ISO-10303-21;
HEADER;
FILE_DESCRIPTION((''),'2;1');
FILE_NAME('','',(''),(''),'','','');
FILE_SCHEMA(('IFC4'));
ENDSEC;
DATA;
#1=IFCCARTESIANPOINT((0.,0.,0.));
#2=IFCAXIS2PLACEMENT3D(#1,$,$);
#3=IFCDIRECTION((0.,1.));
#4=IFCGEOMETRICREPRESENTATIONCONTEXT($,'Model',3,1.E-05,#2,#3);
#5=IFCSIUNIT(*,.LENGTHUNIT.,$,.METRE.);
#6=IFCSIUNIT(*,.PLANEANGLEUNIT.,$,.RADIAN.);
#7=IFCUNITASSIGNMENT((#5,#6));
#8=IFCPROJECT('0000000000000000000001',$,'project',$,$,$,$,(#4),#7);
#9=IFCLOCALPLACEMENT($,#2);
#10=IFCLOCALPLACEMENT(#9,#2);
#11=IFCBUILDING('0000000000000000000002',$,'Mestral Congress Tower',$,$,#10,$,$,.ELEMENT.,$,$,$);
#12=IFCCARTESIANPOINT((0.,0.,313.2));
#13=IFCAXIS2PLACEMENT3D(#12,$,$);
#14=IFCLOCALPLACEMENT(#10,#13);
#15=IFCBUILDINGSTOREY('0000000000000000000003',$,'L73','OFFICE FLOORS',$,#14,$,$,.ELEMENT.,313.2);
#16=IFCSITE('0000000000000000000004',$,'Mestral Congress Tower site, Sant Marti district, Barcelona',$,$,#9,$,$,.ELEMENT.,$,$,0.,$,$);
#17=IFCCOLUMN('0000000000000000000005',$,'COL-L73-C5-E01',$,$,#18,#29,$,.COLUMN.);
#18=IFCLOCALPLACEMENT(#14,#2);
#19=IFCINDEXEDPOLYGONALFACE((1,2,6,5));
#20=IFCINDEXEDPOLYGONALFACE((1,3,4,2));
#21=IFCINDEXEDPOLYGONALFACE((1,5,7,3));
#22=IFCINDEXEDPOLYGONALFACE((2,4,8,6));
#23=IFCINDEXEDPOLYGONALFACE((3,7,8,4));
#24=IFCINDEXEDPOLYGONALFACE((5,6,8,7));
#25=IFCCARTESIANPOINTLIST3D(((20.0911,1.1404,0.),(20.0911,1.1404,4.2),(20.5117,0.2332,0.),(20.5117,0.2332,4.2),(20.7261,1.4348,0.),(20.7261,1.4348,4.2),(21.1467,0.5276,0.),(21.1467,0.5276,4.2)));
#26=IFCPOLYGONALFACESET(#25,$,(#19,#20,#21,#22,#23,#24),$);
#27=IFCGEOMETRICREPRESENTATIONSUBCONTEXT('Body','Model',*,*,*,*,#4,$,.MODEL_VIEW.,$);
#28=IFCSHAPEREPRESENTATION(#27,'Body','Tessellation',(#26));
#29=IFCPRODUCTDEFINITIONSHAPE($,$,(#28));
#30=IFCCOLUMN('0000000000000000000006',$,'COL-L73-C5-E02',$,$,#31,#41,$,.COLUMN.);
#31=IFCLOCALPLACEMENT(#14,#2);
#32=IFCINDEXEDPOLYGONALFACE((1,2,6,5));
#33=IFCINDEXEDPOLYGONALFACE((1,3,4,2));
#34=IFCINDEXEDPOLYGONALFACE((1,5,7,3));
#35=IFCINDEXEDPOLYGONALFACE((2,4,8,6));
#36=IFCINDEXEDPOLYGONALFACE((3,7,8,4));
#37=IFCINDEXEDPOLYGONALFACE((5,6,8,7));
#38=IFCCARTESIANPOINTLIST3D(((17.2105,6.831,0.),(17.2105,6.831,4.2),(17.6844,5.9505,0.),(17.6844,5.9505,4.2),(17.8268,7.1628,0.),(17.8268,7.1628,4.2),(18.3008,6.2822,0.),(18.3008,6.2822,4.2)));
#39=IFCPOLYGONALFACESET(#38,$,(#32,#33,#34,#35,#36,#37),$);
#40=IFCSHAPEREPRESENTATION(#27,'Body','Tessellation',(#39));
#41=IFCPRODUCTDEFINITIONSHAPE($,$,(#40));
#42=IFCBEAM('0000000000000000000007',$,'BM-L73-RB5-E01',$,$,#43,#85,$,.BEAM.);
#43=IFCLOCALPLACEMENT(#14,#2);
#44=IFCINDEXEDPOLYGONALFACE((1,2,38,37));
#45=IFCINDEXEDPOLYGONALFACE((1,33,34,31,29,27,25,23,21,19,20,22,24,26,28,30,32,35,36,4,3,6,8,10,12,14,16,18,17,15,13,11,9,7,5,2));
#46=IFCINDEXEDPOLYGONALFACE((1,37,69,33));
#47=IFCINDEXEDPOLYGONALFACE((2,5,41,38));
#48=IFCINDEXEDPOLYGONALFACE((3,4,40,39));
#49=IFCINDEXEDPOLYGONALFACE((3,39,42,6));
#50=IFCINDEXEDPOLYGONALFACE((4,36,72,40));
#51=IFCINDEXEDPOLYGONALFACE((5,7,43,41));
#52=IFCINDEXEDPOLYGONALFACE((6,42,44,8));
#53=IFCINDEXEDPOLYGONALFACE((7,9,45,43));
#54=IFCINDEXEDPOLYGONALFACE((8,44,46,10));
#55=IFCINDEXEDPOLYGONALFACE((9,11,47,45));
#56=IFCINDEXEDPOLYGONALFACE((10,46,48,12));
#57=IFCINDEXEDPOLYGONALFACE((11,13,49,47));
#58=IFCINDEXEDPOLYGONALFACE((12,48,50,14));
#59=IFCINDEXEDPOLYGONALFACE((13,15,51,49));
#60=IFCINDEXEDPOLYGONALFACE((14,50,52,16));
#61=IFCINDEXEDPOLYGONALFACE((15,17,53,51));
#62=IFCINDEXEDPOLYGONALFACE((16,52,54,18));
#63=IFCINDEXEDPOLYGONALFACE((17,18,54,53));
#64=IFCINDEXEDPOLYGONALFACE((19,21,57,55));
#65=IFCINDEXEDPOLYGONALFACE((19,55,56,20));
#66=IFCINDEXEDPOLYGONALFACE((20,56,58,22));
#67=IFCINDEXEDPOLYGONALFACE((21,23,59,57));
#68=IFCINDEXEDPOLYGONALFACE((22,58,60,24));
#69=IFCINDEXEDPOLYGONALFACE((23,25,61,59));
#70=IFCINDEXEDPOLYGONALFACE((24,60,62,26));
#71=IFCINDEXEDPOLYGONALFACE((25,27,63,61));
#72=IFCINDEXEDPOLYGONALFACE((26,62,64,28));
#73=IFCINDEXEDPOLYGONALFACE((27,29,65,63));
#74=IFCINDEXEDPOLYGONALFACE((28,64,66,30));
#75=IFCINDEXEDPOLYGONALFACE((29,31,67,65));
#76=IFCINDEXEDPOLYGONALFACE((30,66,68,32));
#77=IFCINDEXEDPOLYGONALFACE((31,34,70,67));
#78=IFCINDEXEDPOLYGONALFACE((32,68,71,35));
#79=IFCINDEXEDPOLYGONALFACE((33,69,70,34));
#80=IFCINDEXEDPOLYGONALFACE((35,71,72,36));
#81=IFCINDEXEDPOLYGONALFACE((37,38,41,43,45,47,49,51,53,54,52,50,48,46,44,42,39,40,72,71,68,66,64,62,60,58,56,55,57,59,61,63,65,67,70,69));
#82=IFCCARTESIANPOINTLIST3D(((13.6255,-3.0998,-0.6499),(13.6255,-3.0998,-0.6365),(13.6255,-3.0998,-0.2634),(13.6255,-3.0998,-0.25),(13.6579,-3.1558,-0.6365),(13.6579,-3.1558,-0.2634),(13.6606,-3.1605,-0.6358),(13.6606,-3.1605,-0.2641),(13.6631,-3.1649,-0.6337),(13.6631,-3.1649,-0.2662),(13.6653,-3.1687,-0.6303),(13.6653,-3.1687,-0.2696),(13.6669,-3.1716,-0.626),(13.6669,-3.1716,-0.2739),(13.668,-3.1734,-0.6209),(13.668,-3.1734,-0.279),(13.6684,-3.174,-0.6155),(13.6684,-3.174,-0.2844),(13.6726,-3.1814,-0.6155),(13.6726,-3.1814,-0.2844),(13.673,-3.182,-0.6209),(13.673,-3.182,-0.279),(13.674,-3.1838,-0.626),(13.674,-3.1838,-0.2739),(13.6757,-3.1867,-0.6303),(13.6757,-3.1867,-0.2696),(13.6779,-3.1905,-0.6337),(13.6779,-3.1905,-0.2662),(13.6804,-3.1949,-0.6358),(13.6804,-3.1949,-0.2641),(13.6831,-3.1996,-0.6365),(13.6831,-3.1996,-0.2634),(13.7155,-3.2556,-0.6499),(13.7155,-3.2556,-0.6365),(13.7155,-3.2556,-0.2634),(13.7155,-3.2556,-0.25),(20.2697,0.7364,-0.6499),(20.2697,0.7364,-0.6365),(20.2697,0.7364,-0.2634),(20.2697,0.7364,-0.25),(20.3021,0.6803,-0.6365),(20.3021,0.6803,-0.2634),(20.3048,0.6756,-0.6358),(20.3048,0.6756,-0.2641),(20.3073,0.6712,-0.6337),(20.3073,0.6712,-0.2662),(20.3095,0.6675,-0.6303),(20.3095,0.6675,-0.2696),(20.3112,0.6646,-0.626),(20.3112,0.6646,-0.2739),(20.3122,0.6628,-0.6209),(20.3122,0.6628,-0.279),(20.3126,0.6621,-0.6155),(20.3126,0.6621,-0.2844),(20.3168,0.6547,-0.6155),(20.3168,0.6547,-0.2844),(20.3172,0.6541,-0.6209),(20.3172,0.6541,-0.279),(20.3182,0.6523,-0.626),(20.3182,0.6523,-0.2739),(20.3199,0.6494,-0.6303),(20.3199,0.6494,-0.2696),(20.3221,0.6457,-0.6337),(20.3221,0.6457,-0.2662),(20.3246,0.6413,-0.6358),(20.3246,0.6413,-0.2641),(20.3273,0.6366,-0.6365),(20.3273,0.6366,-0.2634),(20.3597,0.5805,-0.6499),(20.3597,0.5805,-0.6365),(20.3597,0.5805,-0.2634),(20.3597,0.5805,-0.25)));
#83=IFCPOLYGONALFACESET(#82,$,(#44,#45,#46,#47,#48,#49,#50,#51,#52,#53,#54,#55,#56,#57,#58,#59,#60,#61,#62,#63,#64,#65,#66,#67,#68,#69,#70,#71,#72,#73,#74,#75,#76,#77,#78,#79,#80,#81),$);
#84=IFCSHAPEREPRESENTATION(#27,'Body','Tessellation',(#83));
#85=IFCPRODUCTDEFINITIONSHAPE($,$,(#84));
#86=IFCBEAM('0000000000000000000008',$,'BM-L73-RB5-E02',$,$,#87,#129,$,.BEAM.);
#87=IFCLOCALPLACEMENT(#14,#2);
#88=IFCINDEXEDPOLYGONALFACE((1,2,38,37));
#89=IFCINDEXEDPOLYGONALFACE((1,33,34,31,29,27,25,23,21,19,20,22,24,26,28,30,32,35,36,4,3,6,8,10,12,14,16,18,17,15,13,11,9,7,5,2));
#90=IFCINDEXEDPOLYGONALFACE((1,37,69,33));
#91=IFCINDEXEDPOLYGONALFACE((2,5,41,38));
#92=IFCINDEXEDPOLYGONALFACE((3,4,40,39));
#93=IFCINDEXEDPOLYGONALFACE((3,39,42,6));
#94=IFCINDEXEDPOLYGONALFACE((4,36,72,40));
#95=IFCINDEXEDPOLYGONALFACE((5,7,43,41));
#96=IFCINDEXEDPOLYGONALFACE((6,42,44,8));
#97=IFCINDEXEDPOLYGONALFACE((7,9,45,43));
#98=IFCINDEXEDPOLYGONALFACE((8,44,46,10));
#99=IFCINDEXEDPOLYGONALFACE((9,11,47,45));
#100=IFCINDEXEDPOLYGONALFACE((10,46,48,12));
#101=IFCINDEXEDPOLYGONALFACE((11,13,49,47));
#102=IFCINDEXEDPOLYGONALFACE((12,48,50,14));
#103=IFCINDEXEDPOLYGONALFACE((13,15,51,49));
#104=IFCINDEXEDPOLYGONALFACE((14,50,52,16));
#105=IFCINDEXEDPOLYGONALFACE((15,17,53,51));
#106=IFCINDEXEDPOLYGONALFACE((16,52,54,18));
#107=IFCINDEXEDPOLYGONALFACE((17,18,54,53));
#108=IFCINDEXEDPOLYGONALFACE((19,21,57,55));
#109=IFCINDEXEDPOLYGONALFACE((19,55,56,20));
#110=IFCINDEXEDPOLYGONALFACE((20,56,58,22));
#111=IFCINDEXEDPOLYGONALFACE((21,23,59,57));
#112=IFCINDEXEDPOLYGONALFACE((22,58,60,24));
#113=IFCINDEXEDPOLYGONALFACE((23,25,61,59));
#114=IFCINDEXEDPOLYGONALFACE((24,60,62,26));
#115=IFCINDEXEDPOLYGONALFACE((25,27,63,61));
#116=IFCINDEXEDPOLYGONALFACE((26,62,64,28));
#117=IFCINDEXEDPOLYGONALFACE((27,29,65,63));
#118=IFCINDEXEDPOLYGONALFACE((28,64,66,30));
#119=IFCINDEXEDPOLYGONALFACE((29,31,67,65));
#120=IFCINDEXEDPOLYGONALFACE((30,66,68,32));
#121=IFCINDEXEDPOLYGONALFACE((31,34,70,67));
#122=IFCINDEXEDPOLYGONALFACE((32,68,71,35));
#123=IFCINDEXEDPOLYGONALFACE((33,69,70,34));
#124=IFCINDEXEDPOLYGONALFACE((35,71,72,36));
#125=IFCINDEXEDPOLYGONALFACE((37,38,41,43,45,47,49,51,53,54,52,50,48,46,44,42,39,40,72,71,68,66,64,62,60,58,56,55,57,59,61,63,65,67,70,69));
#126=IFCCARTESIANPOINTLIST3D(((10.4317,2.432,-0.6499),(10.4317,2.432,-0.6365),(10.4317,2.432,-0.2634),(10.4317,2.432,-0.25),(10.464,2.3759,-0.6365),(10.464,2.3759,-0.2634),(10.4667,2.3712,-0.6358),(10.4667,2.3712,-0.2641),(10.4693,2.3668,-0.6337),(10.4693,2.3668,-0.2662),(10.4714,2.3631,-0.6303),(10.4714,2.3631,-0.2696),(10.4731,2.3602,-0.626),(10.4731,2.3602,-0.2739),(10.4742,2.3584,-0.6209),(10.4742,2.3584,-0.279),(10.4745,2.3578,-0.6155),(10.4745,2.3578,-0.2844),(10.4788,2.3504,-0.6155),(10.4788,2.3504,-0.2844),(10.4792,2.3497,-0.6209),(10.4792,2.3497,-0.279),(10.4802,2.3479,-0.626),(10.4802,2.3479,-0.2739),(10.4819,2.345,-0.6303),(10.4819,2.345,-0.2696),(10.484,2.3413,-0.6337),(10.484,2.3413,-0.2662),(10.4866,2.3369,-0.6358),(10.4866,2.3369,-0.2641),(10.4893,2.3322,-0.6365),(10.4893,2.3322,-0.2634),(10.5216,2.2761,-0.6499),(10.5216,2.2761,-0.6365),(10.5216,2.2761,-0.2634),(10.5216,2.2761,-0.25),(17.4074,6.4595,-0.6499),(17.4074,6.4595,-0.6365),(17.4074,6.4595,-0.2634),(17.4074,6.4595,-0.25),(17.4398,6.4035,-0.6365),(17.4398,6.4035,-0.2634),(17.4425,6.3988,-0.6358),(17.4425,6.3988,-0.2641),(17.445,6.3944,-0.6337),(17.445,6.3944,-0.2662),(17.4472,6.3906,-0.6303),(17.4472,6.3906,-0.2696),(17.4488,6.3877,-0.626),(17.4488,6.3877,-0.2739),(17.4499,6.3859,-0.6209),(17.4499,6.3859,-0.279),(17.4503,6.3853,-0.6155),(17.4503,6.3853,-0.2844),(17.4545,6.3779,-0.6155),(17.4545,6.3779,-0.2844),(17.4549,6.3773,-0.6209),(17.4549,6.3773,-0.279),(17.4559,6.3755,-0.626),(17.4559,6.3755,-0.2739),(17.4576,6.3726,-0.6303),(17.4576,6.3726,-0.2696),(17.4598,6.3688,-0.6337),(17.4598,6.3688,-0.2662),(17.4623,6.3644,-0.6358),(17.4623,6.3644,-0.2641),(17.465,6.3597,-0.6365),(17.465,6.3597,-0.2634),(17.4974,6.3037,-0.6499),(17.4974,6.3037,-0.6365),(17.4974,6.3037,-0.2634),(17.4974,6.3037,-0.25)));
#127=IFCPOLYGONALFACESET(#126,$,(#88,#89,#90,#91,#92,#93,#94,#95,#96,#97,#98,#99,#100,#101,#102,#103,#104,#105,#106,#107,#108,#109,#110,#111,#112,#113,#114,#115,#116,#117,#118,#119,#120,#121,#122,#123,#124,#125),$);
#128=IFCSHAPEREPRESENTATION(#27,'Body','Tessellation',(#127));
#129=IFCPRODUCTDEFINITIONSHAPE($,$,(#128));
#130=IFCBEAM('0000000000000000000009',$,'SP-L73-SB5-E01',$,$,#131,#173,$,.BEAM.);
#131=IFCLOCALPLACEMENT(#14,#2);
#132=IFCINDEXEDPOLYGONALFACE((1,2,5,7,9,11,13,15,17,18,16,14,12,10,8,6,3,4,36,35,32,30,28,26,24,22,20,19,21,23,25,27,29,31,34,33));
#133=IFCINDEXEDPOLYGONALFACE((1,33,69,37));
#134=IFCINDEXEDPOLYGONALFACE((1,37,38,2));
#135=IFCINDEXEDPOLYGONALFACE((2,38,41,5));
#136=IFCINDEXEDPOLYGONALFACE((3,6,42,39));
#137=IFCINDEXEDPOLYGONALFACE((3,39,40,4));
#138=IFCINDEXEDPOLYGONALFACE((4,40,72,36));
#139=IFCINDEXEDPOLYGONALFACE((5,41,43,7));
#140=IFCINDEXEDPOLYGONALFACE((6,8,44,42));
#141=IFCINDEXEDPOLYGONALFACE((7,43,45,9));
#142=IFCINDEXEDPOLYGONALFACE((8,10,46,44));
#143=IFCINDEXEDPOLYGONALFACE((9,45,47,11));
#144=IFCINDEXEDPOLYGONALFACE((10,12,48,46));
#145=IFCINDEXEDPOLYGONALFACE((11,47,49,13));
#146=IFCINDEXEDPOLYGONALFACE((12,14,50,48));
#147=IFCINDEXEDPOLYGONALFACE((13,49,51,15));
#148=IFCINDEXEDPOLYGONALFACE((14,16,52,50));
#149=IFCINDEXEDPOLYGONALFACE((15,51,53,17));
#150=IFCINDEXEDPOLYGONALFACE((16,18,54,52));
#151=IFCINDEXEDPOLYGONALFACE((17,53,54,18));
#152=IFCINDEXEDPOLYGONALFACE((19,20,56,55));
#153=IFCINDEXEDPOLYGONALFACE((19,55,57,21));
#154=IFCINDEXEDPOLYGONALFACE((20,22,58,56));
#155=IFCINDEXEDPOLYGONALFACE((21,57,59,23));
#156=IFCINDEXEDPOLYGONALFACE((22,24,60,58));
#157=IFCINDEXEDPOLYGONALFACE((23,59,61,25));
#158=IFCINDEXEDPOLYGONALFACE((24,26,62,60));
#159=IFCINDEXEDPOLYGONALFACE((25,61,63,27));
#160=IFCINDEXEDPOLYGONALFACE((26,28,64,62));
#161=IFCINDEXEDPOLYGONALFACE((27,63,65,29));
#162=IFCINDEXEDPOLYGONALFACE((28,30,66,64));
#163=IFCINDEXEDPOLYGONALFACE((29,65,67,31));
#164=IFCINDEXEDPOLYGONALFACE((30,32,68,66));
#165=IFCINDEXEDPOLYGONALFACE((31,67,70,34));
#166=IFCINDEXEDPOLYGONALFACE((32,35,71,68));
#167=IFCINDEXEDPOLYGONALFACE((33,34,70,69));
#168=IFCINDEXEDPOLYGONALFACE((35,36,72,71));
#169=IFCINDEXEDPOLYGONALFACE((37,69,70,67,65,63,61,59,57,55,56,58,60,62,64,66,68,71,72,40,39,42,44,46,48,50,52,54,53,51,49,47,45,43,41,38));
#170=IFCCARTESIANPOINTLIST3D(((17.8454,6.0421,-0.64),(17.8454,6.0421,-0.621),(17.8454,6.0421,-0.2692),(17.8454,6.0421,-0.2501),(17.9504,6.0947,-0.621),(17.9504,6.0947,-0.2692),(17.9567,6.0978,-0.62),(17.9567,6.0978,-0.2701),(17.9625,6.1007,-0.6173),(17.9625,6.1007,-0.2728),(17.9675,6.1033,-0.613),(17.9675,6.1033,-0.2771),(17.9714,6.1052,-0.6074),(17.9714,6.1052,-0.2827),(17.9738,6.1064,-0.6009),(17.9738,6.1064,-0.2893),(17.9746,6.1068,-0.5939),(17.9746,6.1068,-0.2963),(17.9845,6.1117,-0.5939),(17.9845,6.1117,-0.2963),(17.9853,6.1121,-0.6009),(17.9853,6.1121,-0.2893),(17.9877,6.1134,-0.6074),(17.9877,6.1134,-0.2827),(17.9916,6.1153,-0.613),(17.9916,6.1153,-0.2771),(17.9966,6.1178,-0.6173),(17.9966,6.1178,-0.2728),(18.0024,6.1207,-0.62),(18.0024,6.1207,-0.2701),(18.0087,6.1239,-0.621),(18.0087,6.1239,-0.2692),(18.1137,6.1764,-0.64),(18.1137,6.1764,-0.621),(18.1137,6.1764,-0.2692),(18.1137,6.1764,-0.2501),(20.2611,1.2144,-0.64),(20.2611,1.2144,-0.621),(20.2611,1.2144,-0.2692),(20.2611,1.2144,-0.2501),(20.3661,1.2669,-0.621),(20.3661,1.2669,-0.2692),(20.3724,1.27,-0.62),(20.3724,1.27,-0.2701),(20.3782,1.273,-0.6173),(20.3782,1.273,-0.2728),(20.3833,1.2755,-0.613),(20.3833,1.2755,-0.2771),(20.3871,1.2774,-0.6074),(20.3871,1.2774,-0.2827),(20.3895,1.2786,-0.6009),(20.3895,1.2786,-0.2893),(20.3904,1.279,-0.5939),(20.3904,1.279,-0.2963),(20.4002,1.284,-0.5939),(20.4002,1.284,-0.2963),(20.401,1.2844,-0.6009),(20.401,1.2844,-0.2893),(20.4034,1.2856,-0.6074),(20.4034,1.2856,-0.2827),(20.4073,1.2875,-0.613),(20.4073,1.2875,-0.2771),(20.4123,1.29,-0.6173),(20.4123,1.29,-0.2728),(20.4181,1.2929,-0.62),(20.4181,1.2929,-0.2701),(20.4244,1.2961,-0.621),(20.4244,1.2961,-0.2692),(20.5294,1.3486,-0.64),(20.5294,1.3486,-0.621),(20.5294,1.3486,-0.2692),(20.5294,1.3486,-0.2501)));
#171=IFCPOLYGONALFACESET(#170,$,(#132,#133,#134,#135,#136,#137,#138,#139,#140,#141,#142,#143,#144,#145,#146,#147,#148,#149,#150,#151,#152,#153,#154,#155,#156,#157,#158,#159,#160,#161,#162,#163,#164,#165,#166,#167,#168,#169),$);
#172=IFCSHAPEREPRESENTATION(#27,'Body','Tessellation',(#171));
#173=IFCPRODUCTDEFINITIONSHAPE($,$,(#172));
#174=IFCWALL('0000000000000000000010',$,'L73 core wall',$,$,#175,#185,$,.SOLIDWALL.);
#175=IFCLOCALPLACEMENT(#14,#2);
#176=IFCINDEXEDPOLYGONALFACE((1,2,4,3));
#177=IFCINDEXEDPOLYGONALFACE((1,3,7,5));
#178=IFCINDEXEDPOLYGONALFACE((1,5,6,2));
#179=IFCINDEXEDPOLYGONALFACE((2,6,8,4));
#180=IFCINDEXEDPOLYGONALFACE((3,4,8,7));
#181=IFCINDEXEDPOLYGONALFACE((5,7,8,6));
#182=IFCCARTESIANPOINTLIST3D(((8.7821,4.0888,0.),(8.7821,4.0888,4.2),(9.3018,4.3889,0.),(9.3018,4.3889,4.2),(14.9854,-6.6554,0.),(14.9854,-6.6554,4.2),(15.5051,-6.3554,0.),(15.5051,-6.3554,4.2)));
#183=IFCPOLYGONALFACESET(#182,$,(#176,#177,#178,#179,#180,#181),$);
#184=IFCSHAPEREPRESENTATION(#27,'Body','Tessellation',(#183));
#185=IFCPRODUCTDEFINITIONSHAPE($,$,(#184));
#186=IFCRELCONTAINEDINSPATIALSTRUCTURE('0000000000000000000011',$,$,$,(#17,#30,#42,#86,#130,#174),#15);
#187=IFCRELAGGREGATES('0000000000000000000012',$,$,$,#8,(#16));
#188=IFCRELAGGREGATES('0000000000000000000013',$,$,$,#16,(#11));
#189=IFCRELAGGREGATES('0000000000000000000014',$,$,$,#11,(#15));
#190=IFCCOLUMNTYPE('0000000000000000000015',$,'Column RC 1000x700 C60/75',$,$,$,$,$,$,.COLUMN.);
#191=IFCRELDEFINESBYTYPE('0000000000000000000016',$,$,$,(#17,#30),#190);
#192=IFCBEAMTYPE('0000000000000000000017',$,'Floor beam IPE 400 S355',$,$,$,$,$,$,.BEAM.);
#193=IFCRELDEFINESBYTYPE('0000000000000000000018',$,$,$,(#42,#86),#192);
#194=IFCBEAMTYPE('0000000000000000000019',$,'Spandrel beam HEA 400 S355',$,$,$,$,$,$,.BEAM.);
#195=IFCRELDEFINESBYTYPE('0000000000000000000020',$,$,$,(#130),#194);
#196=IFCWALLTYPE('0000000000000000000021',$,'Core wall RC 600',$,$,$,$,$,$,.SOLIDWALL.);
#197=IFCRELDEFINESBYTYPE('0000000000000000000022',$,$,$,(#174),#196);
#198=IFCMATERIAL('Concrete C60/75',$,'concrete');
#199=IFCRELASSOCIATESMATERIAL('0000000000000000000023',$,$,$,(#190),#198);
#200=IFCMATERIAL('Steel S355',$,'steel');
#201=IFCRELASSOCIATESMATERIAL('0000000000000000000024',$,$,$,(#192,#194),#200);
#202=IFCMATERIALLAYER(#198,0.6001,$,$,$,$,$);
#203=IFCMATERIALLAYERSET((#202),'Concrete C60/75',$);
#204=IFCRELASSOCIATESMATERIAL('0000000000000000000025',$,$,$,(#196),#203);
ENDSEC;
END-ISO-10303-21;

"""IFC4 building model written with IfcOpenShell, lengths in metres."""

from ifc_helpers import new_model, si_unit, direction, frame, frame_2d, origin, origin_2d, place, context, subcontext, project, spatial, rectangle, i_section, extrude, material, layer, layer_set, material_profile, profile_set, type_object, element, save


model = new_model("IFC4")

# Units and contexts
model_context = context("Model", 3, precision=1e-05, world=origin(), true_north=direction((0.0, 1.0)))
body_context = subcontext(model_context, "Body", "Model", "MODEL_VIEW")
ifc_project = project(units=[si_unit("LENGTHUNIT", "METRE"), si_unit("PLANEANGLEUNIT", "RADIAN")], contexts=[model_context])

# Site, building, storey
site_placement = place(None, origin())
site = spatial("IfcSite", under=ifc_project, at=site_placement, Name="Mestral Congress Tower site, Sant Marti district, Barcelona", CompositionType="ELEMENT", RefElevation=0.0)
building_placement = place(site_placement, origin())
building = spatial("IfcBuilding", under=site, at=building_placement, Name="Mestral Congress Tower", CompositionType="ELEMENT")
storey_placement = place(building_placement, frame((0.0, 0.0, 313.2)))
storey = spatial("IfcBuildingStorey", under=building, at=storey_placement, Name="L73", Description="OFFICE FLOORS", CompositionType="ELEMENT", Elevation=313.2)

# Columns
ifc_material_1 = material(Name="Concrete C60/75", Category="concrete")
ifc_material_profile_1 = material_profile(ifc_material_1, rectangle(XDim=1.0, YDim=0.7, at=origin_2d()), Name="RC 1000x700")
ifc_profile_set_1 = profile_set([ifc_material_profile_1], Name="Concrete C60/75")
column_type = type_object("IfcColumnType", Name="Column RC 1000x700 C60/75", PredefinedType="COLUMN", material=ifc_profile_set_1)
for number, where, z_axis, x_axis, name in (
    (1, (20.6189, 0.834, 0.0), (0.0, 0.0, 1.0), (-0.420596, 0.907248, 0.0), "COL-L73-C5-E01"),
    (2, (17.7556, 6.5566, 0.0), (0.0, 0.0, 1.0), (-0.473945, 0.880554, 0.0), "COL-L73-C5-E02"),
):
    element("IfcColumn", number, at=place(storey_placement, frame(where, z_axis=z_axis, x_axis=x_axis)), inside=storey, type_object=column_type, Name=name, PredefinedType="COLUMN", context=body_context, shape_type="SweptSolid", body=[
        extrude(rectangle(XDim=1.0, YDim=0.7, at=origin_2d()), origin(), (0.0, 0.0, 1.0), 4.2),
    ])

# Beams
ifc_material_2 = material(Name="Steel S355", Category="steel")
ifc_material_profile_2 = material_profile(ifc_material_2, i_section(OverallWidth=0.1799, OverallDepth=0.3999, WebThickness=0.0085, FlangeThickness=0.0134, FilletRadius=0.021, at=origin_2d()), Name="IPE 400")
ifc_profile_set_2 = profile_set([ifc_material_profile_2], Name="Steel S355")
beam_type_1 = type_object("IfcBeamType", Name="Floor beam IPE 400 S355", PredefinedType="BEAM", material=ifc_profile_set_2)
beam_1_placement = place(storey_placement, frame((20.3147, 0.6584, -0.45), z_axis=(-0.86602, -0.50001, 0.0), x_axis=(0.50001, -0.86602, 0.0)))
element("IfcBeam", 3, at=beam_1_placement, inside=storey, type_object=beam_type_1, Name="BM-L73-RB5-E01", PredefinedType="BEAM", context=body_context, shape_type="SweptSolid", body=[
    extrude(i_section(OverallWidth=0.1799, OverallDepth=0.3999, WebThickness=0.0085, FlangeThickness=0.0134, FilletRadius=0.021, at=origin_2d()), origin(), (0.0, 0.0, 1.0), 7.6721),
])
beam_2_placement = place(storey_placement, frame((17.4524, 6.3816, -0.45), z_axis=(-0.866021, -0.500008, 0.0), x_axis=(0.500008, -0.866021, 0.0)))
element("IfcBeam", 4, at=beam_2_placement, inside=storey, type_object=beam_type_1, Name="BM-L73-RB5-E02", PredefinedType="BEAM", context=body_context, shape_type="SweptSolid", body=[
    extrude(i_section(OverallWidth=0.1799, OverallDepth=0.3999, WebThickness=0.0085, FlangeThickness=0.0134, FilletRadius=0.021, at=origin_2d()), origin(), (0.0, 0.0, 1.0), 8.0549),
])
ifc_material_profile_3 = material_profile(ifc_material_2, i_section(OverallWidth=0.3, OverallDepth=0.3899, WebThickness=0.011, FlangeThickness=0.019, FilletRadius=0.0271, at=origin_2d()), Name="HEA 400")
ifc_profile_set_3 = profile_set([ifc_material_profile_3], Name="Steel S355")
beam_type_2 = type_object("IfcBeamType", Name="Spandrel beam HEA 400 S355", PredefinedType="BEAM", material=ifc_profile_set_3)
beam_3_placement = place(storey_placement, frame((20.3953, 1.2815, -0.4451), z_axis=(-0.447485, 0.894291, 0.0), x_axis=(-0.894291, -0.447485, 0.0)))
element("IfcBeam", 5, at=beam_3_placement, inside=storey, type_object=beam_type_2, Name="SP-L73-SB5-E01", PredefinedType="BEAM", context=body_context, shape_type="SweptSolid", body=[
    extrude(i_section(OverallWidth=0.3, OverallDepth=0.3899, WebThickness=0.011, FlangeThickness=0.019, FilletRadius=0.0271, at=origin_2d()), origin(), (0.0, 0.0, 1.0), 5.3984),
])

# Wall
ifc_layer_1 = layer(ifc_material_1, 0.6001)
ifc_layer_set_1 = layer_set([ifc_layer_1], Name="Concrete C60/75")
wall_type_1 = type_object("IfcWallType", Name="Core wall RC 600", PredefinedType="SOLIDWALL", material=ifc_layer_set_1)
wall_1_placement = place(storey_placement, frame((9.042, 4.2388, 0.0), z_axis=(0.0, 0.0, 1.0), x_axis=(0.500006, -0.866022, 0.0)))
element("IfcWall", 6, at=wall_1_placement, inside=storey, type_object=wall_type_1, Name="L73 core wall", PredefinedType="SOLIDWALL", context=body_context, shape_type="SweptSolid", body=[
    extrude(rectangle(XDim=12.4065, YDim=0.6001, at=frame_2d((6.2031, 0.0))), origin(), (0.0, 0.0, 1.0), 4.2),
])

save(model, "model.ifc")
